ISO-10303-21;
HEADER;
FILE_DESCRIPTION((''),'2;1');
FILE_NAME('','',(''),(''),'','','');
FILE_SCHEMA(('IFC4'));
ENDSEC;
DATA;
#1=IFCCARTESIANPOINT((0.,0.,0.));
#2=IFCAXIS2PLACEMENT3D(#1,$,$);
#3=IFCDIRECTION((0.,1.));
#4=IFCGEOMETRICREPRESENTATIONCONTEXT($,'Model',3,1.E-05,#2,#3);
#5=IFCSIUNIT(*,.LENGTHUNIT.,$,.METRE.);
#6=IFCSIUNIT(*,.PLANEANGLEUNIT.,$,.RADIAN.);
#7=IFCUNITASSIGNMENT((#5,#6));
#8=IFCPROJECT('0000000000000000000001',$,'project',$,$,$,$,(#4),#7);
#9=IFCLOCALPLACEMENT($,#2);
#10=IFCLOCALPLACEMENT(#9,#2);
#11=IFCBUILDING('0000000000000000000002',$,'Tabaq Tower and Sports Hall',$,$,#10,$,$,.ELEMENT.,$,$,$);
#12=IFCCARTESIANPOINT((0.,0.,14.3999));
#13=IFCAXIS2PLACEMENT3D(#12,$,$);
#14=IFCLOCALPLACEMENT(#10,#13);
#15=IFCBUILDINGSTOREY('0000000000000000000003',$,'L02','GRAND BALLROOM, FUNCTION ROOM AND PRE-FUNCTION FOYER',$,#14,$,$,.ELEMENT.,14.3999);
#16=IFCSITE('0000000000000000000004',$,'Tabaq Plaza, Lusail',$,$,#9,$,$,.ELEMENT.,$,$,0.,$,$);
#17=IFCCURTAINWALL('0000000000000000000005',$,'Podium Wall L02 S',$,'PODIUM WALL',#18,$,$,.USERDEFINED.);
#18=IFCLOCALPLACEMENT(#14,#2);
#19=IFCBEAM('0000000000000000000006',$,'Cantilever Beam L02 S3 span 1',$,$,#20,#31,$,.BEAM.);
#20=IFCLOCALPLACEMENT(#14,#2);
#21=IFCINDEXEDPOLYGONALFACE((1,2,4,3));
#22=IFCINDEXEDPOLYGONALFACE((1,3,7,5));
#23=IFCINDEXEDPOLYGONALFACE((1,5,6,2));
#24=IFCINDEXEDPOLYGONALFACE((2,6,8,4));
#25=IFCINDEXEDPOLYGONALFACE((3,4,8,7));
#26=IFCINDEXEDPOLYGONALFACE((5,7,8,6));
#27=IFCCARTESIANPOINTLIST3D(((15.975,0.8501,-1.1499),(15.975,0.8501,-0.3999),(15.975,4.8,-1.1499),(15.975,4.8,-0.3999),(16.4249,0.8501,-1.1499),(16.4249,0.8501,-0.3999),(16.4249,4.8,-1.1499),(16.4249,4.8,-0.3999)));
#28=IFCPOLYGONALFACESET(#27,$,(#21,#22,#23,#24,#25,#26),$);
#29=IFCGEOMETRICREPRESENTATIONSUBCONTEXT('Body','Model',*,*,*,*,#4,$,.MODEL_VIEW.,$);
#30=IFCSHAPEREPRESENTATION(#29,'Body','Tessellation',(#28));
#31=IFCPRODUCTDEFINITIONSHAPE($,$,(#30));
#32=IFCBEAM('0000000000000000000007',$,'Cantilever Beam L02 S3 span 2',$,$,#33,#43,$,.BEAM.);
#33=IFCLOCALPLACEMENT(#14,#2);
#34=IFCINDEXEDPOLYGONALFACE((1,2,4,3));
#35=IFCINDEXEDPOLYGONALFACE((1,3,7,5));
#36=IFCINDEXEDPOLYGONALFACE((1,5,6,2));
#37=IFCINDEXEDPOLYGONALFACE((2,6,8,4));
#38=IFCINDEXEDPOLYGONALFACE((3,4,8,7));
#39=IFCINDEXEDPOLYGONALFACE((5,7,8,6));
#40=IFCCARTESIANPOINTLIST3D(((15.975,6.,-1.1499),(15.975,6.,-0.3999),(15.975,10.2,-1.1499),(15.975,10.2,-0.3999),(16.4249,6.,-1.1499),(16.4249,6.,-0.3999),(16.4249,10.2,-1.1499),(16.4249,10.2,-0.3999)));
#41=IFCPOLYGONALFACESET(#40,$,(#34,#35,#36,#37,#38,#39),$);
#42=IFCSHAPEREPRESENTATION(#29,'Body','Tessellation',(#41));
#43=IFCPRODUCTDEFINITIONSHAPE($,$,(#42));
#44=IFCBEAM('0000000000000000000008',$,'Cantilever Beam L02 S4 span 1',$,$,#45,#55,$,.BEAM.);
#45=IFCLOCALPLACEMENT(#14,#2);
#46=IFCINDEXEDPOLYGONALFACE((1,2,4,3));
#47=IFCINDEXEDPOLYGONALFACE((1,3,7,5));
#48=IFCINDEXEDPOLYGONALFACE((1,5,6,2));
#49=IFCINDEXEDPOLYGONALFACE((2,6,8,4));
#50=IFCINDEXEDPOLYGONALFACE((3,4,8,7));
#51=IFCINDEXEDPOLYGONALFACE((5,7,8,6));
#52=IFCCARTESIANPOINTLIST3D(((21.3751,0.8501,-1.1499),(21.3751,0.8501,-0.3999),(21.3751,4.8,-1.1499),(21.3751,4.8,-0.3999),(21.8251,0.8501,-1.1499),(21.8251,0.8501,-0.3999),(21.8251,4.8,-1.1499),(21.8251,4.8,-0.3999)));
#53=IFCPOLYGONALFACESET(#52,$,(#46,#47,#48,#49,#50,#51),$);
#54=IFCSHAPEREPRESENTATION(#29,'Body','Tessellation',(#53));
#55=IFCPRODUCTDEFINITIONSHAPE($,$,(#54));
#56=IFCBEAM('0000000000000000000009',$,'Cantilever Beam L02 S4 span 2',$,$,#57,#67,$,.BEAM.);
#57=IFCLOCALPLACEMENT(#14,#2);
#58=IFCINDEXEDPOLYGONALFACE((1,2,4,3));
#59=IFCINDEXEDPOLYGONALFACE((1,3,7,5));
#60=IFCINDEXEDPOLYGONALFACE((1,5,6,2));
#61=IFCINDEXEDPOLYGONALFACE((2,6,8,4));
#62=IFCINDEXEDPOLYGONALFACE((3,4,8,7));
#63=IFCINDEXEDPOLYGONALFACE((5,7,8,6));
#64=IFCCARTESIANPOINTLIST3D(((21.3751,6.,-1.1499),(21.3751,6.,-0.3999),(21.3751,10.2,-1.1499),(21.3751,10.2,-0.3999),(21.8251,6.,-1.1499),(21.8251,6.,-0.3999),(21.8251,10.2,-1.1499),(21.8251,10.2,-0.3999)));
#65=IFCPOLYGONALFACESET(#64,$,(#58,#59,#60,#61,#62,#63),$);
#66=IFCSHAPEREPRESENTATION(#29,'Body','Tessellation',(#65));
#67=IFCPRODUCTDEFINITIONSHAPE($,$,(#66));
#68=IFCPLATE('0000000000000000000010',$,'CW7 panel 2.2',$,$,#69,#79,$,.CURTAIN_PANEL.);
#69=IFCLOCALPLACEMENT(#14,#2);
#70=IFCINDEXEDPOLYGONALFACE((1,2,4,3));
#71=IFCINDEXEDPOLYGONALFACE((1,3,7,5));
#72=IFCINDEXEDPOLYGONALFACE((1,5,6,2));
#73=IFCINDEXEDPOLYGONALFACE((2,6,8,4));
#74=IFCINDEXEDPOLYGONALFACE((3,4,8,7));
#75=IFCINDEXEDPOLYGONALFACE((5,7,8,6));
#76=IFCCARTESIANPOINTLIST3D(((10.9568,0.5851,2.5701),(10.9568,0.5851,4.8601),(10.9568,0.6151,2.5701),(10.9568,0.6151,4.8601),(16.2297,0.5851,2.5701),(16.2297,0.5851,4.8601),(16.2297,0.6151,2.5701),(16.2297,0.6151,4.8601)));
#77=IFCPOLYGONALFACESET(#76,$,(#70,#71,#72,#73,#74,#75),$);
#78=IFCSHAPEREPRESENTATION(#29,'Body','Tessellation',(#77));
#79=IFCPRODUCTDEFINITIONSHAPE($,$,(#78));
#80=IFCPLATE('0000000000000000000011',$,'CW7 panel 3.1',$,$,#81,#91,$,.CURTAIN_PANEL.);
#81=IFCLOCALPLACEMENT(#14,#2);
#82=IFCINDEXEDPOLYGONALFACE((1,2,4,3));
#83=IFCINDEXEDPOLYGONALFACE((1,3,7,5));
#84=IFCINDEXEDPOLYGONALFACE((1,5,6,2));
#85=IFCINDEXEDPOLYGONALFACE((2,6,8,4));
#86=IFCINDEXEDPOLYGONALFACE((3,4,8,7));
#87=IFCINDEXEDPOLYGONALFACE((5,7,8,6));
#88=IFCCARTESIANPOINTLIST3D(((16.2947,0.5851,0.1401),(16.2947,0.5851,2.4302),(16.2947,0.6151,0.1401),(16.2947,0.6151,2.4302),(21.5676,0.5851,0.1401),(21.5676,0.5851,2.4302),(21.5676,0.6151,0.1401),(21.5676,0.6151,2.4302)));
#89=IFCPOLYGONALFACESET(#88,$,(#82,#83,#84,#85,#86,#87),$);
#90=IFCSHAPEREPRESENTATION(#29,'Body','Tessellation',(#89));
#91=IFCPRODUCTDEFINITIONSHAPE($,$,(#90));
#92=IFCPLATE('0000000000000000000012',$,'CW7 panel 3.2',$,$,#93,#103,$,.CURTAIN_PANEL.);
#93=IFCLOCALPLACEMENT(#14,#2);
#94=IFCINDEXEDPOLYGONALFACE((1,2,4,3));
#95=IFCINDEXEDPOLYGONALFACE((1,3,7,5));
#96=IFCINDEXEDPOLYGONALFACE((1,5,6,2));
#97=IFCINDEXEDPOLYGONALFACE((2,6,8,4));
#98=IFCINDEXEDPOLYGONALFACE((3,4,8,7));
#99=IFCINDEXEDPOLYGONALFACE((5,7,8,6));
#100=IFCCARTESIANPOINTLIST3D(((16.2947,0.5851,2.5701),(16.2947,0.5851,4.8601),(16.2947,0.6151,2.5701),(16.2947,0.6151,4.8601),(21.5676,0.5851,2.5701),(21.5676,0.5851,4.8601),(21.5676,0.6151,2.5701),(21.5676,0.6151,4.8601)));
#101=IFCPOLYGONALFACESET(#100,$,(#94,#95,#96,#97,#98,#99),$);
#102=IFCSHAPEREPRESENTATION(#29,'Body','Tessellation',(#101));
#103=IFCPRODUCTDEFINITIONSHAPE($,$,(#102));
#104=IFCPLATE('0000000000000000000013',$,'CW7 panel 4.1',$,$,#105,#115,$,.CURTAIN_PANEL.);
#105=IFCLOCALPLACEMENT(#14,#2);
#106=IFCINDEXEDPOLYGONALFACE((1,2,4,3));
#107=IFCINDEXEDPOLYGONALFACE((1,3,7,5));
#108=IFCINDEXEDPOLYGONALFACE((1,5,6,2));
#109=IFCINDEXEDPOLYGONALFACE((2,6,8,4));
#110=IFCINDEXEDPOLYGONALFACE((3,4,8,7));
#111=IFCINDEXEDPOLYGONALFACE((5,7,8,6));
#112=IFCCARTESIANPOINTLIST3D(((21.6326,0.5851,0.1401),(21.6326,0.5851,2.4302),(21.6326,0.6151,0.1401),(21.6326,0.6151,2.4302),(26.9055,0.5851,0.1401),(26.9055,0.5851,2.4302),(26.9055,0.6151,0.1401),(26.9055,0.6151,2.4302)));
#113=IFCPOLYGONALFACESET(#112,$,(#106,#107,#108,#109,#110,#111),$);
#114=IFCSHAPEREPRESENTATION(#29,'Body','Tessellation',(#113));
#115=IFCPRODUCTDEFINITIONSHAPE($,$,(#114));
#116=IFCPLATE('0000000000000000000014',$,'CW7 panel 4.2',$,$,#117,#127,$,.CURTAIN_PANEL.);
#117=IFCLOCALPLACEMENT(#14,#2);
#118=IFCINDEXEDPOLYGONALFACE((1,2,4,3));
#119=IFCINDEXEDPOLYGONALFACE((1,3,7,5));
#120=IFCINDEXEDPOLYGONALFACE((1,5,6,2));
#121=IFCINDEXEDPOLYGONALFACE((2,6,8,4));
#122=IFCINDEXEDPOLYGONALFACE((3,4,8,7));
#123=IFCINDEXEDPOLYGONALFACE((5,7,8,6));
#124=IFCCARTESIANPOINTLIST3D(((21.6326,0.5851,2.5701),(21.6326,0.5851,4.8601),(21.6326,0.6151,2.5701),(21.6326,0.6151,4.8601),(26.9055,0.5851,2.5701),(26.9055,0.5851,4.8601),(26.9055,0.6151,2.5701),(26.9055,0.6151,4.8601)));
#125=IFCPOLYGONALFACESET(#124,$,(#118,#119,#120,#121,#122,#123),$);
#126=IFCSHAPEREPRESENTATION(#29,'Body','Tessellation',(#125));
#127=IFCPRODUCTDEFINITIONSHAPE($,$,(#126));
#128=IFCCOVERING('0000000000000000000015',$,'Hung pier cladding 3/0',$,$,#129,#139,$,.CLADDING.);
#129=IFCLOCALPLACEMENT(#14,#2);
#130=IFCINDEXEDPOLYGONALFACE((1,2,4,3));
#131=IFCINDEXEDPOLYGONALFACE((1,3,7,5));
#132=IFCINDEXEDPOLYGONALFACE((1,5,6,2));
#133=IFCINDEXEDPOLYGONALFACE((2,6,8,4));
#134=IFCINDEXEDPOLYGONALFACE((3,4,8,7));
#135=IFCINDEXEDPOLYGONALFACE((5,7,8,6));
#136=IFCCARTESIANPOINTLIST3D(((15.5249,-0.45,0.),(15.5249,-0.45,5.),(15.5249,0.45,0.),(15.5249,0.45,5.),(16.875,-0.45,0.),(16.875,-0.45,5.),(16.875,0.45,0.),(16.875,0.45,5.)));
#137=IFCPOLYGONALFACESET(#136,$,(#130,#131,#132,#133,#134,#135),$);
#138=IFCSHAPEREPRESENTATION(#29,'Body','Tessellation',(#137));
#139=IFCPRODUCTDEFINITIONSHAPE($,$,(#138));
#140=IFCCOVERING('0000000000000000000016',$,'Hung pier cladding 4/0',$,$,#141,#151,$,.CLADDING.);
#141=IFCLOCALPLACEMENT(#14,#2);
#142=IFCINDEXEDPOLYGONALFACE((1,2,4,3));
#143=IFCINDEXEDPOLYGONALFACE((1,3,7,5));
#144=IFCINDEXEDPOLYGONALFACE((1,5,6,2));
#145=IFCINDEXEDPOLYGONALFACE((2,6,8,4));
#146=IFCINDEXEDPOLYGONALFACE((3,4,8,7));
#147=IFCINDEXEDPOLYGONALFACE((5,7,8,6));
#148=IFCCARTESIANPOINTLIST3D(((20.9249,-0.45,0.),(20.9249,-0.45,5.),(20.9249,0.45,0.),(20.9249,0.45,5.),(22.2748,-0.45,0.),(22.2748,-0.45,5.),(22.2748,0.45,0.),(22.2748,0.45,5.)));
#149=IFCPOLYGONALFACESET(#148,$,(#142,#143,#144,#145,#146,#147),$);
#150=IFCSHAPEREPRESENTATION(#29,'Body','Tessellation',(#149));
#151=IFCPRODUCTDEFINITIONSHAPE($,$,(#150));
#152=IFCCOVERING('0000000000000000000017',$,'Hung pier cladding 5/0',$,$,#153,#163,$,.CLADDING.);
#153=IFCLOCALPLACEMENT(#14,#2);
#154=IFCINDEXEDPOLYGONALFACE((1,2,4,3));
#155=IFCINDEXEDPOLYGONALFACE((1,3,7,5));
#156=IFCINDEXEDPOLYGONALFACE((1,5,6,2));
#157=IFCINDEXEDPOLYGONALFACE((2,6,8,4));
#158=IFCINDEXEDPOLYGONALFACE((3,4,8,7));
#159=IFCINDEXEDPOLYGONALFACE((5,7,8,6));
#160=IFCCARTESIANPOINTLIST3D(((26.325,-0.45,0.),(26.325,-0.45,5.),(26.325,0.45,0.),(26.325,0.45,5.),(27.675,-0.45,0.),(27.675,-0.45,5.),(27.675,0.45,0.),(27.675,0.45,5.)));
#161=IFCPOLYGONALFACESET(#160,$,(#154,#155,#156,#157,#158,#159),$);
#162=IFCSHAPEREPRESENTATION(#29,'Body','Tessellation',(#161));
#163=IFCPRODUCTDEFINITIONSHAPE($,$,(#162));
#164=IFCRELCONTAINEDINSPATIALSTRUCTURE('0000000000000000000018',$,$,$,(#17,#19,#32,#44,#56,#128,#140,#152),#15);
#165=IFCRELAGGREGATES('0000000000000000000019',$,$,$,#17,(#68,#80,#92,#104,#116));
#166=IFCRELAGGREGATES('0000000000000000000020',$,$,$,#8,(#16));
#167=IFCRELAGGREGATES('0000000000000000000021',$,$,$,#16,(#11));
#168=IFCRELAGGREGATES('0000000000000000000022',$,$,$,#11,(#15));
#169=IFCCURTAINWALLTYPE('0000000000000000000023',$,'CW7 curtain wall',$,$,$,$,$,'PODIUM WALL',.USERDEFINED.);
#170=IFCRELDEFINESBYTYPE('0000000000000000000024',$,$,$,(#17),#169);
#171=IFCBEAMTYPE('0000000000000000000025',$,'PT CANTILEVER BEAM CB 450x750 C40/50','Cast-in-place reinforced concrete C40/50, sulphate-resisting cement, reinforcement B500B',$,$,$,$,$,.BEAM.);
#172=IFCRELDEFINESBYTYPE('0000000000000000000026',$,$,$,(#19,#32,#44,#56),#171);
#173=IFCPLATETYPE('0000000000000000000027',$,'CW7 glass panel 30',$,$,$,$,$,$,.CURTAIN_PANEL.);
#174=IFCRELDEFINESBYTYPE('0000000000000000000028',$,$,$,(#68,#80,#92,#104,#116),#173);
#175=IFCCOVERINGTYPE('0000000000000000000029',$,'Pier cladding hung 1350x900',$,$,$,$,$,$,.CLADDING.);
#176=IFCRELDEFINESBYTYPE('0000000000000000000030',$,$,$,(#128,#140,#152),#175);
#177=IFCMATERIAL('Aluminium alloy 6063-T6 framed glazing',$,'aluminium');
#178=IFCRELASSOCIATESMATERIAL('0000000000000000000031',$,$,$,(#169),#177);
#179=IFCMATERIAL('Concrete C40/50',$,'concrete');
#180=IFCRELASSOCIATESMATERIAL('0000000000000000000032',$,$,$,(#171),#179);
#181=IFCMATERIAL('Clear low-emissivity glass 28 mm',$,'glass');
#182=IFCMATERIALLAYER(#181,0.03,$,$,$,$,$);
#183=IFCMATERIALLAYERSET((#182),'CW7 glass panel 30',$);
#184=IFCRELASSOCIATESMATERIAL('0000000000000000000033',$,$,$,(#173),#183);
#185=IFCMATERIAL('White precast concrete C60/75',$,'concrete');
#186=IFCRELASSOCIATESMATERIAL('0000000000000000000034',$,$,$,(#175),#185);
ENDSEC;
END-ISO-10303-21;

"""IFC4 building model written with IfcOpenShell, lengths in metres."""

from ifc_helpers import new_model, si_unit, direction, frame, frame_2d, origin, origin_2d, place, context, subcontext, project, spatial, rectangle, extrude, material, layer, layer_set, material_profile, profile_set, type_object, element, aggregate, save


model = new_model("IFC4")

# Units and contexts
model_context = context("Model", 3, precision=1e-05, world=origin(), true_north=direction((0.0, 1.0)))
body_context = subcontext(model_context, "Body", "Model", "MODEL_VIEW")
ifc_project = project(units=[si_unit("LENGTHUNIT", "METRE"), si_unit("PLANEANGLEUNIT", "RADIAN")], contexts=[model_context])

# Site, building, storey
site_placement = place(None, origin())
site = spatial("IfcSite", under=ifc_project, at=site_placement, Name="Tabaq Plaza, Lusail", CompositionType="ELEMENT", RefElevation=0.0)
building_placement = place(site_placement, origin())
building = spatial("IfcBuilding", under=site, at=building_placement, Name="Tabaq Tower and Sports Hall", CompositionType="ELEMENT")
storey_placement = place(building_placement, frame((0.0, 0.0, 14.3999)))
storey = spatial("IfcBuildingStorey", under=building, at=storey_placement, Name="L02", Description="GRAND BALLROOM, FUNCTION ROOM AND PRE-FUNCTION FOYER", CompositionType="ELEMENT", Elevation=14.3999)

# Curtain wall
ifc_material_1 = material(Name="Aluminium alloy 6063-T6 framed glazing", Category="aluminium")
curtain_wall_type = type_object("IfcCurtainWallType", Name="CW7 curtain wall", ElementType="PODIUM WALL", PredefinedType="USERDEFINED", material=ifc_material_1)
curtain_wall_placement = place(storey_placement, origin())
curtain_wall = element("IfcCurtainWall", 1, at=curtain_wall_placement, inside=storey, type_object=curtain_wall_type, Name="Podium Wall L02 S", ObjectType="PODIUM WALL", PredefinedType="USERDEFINED")

# Beams
ifc_material_2 = material(Name="Concrete C40/50", Category="concrete")
ifc_material_profile_1 = material_profile(ifc_material_2, rectangle(XDim=0.45, YDim=0.75, at=origin_2d()), Name="CB 450x750")
ifc_profile_set_1 = profile_set([ifc_material_profile_1], Name="Concrete C40/50")
beam_type = type_object("IfcBeamType", Name="PT CANTILEVER BEAM CB 450x750 C40/50", Description="Cast-in-place reinforced concrete C40/50, sulphate-resisting cement, reinforcement B500B", PredefinedType="BEAM", material=ifc_profile_set_1)
beam_1_placement = place(storey_placement, frame((16.2, 0.8501, -0.7749), z_axis=(0.0, 1.0, 0.0), x_axis=(-1.0, 0.0, 0.0)))
element("IfcBeam", 2, at=beam_1_placement, inside=storey, type_object=beam_type, Name="Cantilever Beam L02 S3 span 1", PredefinedType="BEAM", context=body_context, shape_type="SweptSolid", body=[
    extrude(rectangle(XDim=0.45, YDim=0.75, at=origin_2d()), origin(), (0.0, 0.0, 1.0), 3.95),
])
beam_2_placement = place(storey_placement, frame((16.2, 6.0, -0.7749), z_axis=(0.0, 1.0, 0.0), x_axis=(-1.0, 0.0, 0.0)))
element("IfcBeam", 3, at=beam_2_placement, inside=storey, type_object=beam_type, Name="Cantilever Beam L02 S3 span 2", PredefinedType="BEAM", context=body_context, shape_type="SweptSolid", body=[
    extrude(rectangle(XDim=0.45, YDim=0.75, at=origin_2d()), origin(), (0.0, 0.0, 1.0), 4.2),
])
beam_3_placement = place(storey_placement, frame((21.6001, 0.8501, -0.7749), z_axis=(0.0, 1.0, 0.0), x_axis=(-1.0, 0.0, 0.0)))
element("IfcBeam", 4, at=beam_3_placement, inside=storey, type_object=beam_type, Name="Cantilever Beam L02 S4 span 1", PredefinedType="BEAM", context=body_context, shape_type="SweptSolid", body=[
    extrude(rectangle(XDim=0.45, YDim=0.75, at=origin_2d()), origin(), (0.0, 0.0, 1.0), 3.95),
])
beam_4_placement = place(storey_placement, frame((21.6001, 6.0, -0.7749), z_axis=(0.0, 1.0, 0.0), x_axis=(-1.0, 0.0, 0.0)))
element("IfcBeam", 5, at=beam_4_placement, inside=storey, type_object=beam_type, Name="Cantilever Beam L02 S4 span 2", PredefinedType="BEAM", context=body_context, shape_type="SweptSolid", body=[
    extrude(rectangle(XDim=0.45, YDim=0.75, at=origin_2d()), origin(), (0.0, 0.0, 1.0), 4.2),
])

# Plates
ifc_material_3 = material(Name="Clear low-emissivity glass 28 mm", Category="glass")
ifc_layer = layer(ifc_material_3, 0.03)
ifc_layer_set = layer_set([ifc_layer], Name="CW7 glass panel 30")
plate_type = type_object("IfcPlateType", Name="CW7 glass panel 30", PredefinedType="CURTAIN_PANEL", material=ifc_layer_set)
plate_1_placement = place(storey_placement, frame((13.5933, 0.6001, 2.5701), z_axis=(0.0, 0.0, 1.0), x_axis=(1.0, 0.0, 0.0)))
plate_1 = element("IfcPlate", 6, at=plate_1_placement, type_object=plate_type, Name="CW7 panel 2.2", PredefinedType="CURTAIN_PANEL", context=body_context, shape_type="SweptSolid", body=[
    extrude(rectangle(XDim=5.2729, YDim=0.03, at=origin_2d()), origin(), (0.0, 0.0, 1.0), 2.29),
])
plate_2_placement = place(storey_placement, frame((18.9312, 0.6001, 0.1401), z_axis=(0.0, 0.0, 1.0), x_axis=(1.0, 0.0, 0.0)))
plate_2 = element("IfcPlate", 7, at=plate_2_placement, type_object=plate_type, Name="CW7 panel 3.1", PredefinedType="CURTAIN_PANEL", context=body_context, shape_type="SweptSolid", body=[
    extrude(rectangle(XDim=5.2729, YDim=0.03, at=origin_2d()), origin(), (0.0, 0.0, 1.0), 2.29),
])
plate_3_placement = place(storey_placement, frame((18.9312, 0.6001, 2.5701), z_axis=(0.0, 0.0, 1.0), x_axis=(1.0, 0.0, 0.0)))
plate_3 = element("IfcPlate", 8, at=plate_3_placement, type_object=plate_type, Name="CW7 panel 3.2", PredefinedType="CURTAIN_PANEL", context=body_context, shape_type="SweptSolid", body=[
    extrude(rectangle(XDim=5.2729, YDim=0.03, at=origin_2d()), origin(), (0.0, 0.0, 1.0), 2.29),
])
plate_4_placement = place(storey_placement, frame((24.269, 0.6001, 0.1401), z_axis=(0.0, 0.0, 1.0), x_axis=(1.0, 0.0, 0.0)))
plate_4 = element("IfcPlate", 9, at=plate_4_placement, type_object=plate_type, Name="CW7 panel 4.1", PredefinedType="CURTAIN_PANEL", context=body_context, shape_type="SweptSolid", body=[
    extrude(rectangle(XDim=5.2729, YDim=0.03, at=origin_2d()), origin(), (0.0, 0.0, 1.0), 2.29),
])
plate_5_placement = place(storey_placement, frame((24.269, 0.6001, 2.5701), z_axis=(0.0, 0.0, 1.0), x_axis=(1.0, 0.0, 0.0)))
plate_5 = element("IfcPlate", 10, at=plate_5_placement, type_object=plate_type, Name="CW7 panel 4.2", PredefinedType="CURTAIN_PANEL", context=body_context, shape_type="SweptSolid", body=[
    extrude(rectangle(XDim=5.2729, YDim=0.03, at=origin_2d()), origin(), (0.0, 0.0, 1.0), 2.29),
])
aggregate(curtain_wall, [plate_1, plate_2, plate_3, plate_4, plate_5])

# Coverings
ifc_material_4 = material(Name="White precast concrete C60/75", Category="concrete")
covering_type = type_object("IfcCoveringType", Name="Pier cladding hung 1350x900", PredefinedType="CLADDING", material=ifc_material_4)
covering_1_placement = place(storey_placement, frame((15.5249, 0.0, 0.0), z_axis=(0.0, 0.0, 1.0), x_axis=(1.0, 0.0, 0.0)))
element("IfcCovering", 11, at=covering_1_placement, inside=storey, type_object=covering_type, Name="Hung pier cladding 3/0", PredefinedType="CLADDING", context=body_context, shape_type="SweptSolid", body=[
    extrude(rectangle(XDim=1.3501, YDim=0.8999, at=frame_2d((0.675, 0.0))), origin(), (0.0, 0.0, 1.0), 5.0),
])
covering_2_placement = place(storey_placement, frame((20.925, 0.0, 0.0), z_axis=(0.0, 0.0, 1.0), x_axis=(1.0, 0.0, 0.0)))
element("IfcCovering", 12, at=covering_2_placement, inside=storey, type_object=covering_type, Name="Hung pier cladding 4/0", PredefinedType="CLADDING", context=body_context, shape_type="SweptSolid", body=[
    extrude(rectangle(XDim=1.3499, YDim=0.8999, at=frame_2d((0.6748, 0.0))), origin(), (0.0, 0.0, 1.0), 5.0),
])
covering_3_placement = place(storey_placement, frame((26.325, 0.0, 0.0), z_axis=(0.0, 0.0, 1.0), x_axis=(1.0, 0.0, 0.0)))
element("IfcCovering", 13, at=covering_3_placement, inside=storey, type_object=covering_type, Name="Hung pier cladding 5/0", PredefinedType="CLADDING", context=body_context, shape_type="SweptSolid", body=[
    extrude(rectangle(XDim=1.3501, YDim=0.8999, at=frame_2d((0.675, 0.0))), origin(), (0.0, 0.0, 1.0), 5.0),
])

save(model, "model.ifc")
